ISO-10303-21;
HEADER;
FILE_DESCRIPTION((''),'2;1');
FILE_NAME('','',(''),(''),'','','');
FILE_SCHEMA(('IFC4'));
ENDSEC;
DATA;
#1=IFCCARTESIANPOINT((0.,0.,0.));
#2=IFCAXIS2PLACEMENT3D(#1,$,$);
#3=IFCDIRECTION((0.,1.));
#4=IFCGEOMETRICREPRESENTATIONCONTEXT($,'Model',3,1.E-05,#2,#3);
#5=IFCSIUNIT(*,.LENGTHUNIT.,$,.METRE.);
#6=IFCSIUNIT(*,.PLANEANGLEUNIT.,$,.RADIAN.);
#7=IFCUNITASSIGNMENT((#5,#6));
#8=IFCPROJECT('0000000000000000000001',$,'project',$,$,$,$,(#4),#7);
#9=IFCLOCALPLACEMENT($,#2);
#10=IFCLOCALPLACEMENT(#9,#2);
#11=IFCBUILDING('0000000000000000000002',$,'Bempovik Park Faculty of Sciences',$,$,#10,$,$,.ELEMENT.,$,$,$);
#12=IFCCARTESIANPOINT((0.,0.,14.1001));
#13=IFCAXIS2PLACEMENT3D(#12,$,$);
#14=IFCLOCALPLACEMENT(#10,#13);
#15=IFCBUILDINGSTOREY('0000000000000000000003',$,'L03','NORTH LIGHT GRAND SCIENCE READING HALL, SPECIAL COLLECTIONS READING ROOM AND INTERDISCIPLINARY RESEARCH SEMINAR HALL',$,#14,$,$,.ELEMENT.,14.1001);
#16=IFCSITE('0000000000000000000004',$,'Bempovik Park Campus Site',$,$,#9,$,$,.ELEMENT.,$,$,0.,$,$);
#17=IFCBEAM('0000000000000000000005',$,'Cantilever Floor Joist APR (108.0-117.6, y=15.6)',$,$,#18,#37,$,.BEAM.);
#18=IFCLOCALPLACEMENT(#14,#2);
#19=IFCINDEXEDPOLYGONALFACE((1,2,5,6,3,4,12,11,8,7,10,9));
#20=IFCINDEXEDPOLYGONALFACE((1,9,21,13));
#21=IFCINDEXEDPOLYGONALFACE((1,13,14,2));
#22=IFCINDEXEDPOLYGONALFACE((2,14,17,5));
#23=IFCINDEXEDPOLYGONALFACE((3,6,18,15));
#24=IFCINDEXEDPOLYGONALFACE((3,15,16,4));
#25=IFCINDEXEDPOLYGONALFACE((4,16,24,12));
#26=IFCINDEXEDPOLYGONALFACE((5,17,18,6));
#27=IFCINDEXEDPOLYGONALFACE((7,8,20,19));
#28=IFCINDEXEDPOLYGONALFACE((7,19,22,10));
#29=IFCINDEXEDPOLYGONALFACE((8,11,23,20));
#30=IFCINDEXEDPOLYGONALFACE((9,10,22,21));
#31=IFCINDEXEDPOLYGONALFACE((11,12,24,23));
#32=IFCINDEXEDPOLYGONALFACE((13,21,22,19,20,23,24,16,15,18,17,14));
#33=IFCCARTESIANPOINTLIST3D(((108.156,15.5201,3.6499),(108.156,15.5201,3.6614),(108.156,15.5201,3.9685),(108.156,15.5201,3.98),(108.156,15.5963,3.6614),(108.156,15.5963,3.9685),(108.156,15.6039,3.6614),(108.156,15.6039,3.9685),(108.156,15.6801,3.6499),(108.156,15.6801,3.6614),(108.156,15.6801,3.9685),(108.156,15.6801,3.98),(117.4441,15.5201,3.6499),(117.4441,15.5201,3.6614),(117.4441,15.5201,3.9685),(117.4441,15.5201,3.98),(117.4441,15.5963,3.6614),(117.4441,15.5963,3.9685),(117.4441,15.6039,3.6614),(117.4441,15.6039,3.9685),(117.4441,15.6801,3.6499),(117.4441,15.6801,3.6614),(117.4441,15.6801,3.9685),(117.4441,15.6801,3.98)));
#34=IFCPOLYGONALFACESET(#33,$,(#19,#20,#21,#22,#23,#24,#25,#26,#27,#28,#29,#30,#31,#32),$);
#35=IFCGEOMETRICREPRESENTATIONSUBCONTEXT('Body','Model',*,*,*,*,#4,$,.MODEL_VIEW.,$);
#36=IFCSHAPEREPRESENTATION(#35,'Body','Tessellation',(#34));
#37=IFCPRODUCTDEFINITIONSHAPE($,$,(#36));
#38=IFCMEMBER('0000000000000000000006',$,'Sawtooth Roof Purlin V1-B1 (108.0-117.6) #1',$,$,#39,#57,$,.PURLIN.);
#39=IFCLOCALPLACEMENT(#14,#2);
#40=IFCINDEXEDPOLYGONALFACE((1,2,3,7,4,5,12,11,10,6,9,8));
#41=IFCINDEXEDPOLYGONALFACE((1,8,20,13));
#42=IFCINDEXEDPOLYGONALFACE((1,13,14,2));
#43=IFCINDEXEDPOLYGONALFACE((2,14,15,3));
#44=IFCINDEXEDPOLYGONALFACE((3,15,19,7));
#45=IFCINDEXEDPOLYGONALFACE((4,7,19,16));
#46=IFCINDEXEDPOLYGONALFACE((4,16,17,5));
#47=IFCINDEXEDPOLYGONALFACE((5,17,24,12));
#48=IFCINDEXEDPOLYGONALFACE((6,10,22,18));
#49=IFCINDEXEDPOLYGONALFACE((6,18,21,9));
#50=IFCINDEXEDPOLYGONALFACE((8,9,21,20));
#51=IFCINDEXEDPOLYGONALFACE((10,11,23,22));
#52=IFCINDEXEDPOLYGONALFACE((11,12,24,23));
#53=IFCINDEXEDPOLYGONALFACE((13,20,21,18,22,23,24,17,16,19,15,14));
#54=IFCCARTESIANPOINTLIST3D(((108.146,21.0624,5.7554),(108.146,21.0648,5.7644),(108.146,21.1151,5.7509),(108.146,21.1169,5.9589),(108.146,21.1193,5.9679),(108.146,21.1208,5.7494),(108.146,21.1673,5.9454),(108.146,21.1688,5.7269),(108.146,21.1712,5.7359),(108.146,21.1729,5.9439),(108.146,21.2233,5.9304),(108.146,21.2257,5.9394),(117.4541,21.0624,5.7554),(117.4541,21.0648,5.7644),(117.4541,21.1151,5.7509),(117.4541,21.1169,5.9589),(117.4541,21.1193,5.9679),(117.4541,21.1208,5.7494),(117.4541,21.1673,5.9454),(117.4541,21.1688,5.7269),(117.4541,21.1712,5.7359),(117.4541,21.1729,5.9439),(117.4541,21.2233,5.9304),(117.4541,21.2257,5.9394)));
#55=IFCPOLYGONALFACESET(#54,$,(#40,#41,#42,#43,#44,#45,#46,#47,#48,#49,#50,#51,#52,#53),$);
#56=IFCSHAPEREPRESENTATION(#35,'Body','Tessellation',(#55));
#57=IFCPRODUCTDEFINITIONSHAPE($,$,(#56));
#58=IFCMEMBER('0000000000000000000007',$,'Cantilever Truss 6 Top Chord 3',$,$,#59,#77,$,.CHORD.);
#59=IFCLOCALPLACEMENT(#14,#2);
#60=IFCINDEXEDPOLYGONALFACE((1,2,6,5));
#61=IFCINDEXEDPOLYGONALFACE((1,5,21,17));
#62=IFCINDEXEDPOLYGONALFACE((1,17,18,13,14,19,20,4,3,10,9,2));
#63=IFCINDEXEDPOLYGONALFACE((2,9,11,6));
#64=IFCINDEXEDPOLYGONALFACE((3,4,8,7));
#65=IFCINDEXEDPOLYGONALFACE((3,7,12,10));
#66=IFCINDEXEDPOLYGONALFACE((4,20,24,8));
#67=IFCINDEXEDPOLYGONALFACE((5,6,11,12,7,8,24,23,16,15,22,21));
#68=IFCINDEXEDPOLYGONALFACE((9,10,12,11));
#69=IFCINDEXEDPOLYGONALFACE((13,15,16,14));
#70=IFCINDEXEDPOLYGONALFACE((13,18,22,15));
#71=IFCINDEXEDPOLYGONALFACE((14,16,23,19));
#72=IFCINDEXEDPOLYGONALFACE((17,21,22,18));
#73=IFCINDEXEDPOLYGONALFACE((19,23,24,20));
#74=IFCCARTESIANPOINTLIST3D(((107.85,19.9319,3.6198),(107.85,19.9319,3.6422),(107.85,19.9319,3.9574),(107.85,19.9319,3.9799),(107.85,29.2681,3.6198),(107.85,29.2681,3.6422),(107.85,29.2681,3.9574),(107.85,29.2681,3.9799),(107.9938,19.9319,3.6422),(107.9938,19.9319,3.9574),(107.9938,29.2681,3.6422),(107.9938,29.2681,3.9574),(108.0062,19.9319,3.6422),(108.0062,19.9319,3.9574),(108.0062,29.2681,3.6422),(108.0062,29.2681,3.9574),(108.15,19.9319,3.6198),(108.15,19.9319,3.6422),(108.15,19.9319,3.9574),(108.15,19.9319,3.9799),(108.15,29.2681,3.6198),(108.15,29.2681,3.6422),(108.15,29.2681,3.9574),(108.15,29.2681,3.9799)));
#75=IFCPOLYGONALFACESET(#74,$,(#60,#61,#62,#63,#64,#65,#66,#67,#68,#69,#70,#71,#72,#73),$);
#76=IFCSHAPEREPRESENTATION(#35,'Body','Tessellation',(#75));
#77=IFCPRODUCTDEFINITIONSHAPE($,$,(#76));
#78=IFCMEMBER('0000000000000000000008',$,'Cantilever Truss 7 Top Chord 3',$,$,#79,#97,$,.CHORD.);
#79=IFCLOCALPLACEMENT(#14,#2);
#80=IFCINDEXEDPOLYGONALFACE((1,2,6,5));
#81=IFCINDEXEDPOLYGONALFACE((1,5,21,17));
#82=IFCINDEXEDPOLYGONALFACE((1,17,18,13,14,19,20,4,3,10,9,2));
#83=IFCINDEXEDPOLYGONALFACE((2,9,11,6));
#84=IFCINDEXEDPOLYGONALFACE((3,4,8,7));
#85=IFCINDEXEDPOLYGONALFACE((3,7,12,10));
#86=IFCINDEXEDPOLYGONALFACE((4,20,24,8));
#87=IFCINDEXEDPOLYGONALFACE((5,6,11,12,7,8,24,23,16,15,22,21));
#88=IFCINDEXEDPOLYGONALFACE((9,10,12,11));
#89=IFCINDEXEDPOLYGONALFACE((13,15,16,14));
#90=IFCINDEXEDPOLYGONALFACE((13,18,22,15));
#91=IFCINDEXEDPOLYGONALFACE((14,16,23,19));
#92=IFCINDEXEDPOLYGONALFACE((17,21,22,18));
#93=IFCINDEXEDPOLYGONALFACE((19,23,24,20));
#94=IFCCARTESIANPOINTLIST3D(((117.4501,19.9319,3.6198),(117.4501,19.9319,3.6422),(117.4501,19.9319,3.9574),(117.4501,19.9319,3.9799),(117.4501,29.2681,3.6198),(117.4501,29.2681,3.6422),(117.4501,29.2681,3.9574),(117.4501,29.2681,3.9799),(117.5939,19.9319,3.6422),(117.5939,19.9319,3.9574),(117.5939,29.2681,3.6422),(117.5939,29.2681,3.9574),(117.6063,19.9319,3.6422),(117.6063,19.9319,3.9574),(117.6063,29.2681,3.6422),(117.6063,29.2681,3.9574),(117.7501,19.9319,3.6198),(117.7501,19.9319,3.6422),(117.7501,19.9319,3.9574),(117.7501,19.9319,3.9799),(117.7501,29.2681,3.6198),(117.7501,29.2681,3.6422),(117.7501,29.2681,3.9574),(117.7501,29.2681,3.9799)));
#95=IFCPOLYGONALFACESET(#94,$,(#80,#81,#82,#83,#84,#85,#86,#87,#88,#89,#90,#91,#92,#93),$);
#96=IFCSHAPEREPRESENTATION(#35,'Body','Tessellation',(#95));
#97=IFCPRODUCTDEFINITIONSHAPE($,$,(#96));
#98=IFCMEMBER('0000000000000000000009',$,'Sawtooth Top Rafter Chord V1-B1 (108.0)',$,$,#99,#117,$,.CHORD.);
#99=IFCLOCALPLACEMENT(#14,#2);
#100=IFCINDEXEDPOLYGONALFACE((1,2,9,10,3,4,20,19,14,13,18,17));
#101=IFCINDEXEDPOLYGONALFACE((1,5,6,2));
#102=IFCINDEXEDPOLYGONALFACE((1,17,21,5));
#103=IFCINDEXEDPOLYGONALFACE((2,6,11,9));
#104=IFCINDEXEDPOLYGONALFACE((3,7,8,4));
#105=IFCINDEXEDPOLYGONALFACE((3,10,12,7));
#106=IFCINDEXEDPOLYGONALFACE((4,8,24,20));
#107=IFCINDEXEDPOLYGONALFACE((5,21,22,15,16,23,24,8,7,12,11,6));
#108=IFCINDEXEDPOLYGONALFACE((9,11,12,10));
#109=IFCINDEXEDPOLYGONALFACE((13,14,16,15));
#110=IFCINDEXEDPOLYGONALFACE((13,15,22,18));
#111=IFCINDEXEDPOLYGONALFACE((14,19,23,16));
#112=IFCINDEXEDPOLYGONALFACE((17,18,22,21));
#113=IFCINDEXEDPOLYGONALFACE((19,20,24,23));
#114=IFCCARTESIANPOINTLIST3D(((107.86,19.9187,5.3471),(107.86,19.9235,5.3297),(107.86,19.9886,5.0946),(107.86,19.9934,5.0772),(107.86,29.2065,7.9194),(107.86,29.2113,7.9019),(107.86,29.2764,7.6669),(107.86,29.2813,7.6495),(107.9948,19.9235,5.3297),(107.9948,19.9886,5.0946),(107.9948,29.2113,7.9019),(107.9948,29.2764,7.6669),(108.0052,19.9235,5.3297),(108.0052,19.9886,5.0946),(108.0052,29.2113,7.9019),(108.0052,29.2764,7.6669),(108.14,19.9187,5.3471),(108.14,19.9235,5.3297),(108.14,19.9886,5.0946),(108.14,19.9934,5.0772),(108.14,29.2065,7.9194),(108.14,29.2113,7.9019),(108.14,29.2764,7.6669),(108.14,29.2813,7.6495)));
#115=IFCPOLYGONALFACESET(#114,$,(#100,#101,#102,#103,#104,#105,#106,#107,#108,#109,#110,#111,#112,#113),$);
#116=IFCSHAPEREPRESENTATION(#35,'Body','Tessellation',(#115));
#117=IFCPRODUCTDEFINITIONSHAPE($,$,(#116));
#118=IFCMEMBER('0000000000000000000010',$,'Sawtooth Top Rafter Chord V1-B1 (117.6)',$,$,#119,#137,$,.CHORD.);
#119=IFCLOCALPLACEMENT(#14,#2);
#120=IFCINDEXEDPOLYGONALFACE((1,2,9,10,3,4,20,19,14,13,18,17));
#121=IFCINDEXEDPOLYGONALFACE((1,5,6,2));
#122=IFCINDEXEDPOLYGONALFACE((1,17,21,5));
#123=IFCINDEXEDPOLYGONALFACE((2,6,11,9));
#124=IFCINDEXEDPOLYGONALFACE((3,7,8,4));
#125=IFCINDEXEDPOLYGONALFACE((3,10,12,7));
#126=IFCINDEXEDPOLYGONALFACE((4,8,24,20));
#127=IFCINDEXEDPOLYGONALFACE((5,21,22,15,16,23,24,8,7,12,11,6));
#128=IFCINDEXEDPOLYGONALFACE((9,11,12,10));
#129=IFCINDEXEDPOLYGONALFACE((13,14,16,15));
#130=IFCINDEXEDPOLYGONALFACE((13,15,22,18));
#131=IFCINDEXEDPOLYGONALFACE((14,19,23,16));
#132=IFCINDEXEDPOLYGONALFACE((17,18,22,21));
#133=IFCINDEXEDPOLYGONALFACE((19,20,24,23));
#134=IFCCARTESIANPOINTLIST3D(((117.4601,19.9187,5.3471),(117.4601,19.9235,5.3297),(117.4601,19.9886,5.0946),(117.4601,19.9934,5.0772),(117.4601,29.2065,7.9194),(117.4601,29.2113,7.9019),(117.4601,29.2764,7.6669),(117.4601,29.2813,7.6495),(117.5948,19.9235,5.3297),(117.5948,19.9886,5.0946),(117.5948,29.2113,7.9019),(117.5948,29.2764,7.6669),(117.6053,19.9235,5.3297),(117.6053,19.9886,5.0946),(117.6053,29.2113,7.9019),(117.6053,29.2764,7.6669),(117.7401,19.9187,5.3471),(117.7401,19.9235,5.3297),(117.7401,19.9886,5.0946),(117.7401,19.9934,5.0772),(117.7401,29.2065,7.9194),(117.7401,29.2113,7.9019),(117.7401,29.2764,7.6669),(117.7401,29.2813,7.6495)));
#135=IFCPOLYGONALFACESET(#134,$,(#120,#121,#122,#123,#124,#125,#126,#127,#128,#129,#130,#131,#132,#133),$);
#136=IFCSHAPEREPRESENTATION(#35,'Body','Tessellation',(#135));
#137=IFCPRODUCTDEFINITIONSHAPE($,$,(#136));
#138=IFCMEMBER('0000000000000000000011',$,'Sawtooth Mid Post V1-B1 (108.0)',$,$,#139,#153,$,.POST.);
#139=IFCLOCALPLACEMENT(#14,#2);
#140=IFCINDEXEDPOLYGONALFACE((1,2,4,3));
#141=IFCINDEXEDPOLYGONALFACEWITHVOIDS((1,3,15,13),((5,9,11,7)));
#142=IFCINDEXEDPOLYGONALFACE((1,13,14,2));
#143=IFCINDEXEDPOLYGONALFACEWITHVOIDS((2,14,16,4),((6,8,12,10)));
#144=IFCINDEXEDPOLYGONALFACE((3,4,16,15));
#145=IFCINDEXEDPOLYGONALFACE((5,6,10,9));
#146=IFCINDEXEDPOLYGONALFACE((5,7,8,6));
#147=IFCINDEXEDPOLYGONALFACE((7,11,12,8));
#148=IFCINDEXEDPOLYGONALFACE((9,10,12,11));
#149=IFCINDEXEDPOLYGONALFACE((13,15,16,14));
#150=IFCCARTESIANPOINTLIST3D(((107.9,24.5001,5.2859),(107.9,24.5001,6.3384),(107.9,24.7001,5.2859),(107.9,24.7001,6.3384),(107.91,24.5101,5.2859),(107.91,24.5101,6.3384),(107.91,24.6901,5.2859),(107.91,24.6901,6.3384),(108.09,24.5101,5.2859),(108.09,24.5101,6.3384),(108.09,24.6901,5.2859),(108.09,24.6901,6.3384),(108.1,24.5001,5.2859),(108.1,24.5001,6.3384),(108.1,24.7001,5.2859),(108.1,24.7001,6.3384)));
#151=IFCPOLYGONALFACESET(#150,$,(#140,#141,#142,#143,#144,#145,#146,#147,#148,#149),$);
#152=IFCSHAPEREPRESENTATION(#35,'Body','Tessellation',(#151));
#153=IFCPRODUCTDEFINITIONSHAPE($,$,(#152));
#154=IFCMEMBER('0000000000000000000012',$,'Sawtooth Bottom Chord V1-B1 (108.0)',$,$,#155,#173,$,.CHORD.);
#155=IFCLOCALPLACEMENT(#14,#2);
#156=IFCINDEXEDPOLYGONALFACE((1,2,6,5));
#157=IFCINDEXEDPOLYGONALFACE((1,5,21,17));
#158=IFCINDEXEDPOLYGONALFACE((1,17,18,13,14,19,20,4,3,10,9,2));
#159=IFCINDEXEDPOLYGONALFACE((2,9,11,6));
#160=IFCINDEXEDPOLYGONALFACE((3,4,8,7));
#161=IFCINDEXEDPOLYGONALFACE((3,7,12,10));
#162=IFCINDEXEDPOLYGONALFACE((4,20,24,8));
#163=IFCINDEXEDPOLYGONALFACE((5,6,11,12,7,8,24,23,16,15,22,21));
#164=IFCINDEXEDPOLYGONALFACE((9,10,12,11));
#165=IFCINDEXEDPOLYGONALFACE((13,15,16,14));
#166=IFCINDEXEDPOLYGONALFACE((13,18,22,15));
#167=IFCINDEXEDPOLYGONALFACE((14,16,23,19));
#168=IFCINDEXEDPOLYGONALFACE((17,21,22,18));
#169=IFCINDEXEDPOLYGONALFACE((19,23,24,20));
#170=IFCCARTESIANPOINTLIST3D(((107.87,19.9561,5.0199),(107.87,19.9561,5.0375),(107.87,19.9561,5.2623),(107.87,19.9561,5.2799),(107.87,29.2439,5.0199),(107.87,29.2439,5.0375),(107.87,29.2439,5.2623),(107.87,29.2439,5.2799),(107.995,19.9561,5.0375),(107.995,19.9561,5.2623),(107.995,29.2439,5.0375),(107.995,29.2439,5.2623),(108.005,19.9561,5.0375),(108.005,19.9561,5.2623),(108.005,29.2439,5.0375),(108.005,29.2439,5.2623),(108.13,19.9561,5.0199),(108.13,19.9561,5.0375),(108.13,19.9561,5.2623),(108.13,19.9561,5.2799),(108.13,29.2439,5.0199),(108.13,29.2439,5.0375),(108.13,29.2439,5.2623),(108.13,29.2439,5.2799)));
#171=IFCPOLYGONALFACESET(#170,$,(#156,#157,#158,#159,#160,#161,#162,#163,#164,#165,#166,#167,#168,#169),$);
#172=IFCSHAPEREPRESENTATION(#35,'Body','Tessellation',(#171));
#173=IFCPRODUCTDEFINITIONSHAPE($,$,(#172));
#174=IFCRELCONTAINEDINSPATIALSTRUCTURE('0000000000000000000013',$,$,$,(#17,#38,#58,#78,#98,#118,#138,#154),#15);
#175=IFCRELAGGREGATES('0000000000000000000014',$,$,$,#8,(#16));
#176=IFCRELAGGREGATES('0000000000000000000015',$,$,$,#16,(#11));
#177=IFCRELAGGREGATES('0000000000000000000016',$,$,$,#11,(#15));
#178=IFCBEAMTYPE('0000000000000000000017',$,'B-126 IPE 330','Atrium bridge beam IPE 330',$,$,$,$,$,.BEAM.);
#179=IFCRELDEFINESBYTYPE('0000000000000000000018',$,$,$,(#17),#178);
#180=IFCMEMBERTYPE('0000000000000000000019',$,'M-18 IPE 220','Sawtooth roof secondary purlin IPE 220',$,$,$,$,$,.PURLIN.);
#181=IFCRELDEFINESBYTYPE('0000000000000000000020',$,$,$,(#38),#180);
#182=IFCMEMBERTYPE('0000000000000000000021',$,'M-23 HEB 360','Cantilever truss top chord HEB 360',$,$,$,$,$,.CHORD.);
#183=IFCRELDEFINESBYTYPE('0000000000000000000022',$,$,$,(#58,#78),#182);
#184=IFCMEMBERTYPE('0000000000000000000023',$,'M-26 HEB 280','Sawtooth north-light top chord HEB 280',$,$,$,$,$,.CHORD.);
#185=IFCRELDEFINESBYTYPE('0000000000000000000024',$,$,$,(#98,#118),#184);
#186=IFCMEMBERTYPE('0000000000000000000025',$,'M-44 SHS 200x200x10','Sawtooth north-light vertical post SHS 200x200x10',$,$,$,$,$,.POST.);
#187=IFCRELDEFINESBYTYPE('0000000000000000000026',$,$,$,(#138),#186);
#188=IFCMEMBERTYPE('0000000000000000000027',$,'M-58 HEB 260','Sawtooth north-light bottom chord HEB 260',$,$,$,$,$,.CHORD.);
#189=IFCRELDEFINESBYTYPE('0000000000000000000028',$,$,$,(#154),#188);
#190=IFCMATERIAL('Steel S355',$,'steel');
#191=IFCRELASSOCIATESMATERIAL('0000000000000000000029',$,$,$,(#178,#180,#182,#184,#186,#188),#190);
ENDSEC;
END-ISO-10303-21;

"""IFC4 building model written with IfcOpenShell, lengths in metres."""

from ifc_helpers import new_model, si_unit, direction, frame, origin, origin_2d, place, context, subcontext, project, spatial, hollow_rectangle, i_section, extrude, material, material_profile, profile_set, type_object, element, save


model = new_model("IFC4")

# Units and contexts
model_context = context("Model", 3, precision=1e-05, world=origin(), true_north=direction((0.0, 1.0)))
body_context = subcontext(model_context, "Body", "Model", "MODEL_VIEW")
ifc_project = project(units=[si_unit("LENGTHUNIT", "METRE"), si_unit("PLANEANGLEUNIT", "RADIAN")], contexts=[model_context])

# Site, building, storey
site_placement = place(None, origin())
site = spatial("IfcSite", under=ifc_project, at=site_placement, Name="Bempovik Park Campus Site", CompositionType="ELEMENT", RefElevation=0.0)
building_placement = place(site_placement, origin())
building = spatial("IfcBuilding", under=site, at=building_placement, Name="Bempovik Park Faculty of Sciences", CompositionType="ELEMENT")
storey_placement = place(building_placement, frame((0.0, 0.0, 14.1001)))
storey = spatial("IfcBuildingStorey", under=building, at=storey_placement, Name="L03", Description="NORTH LIGHT GRAND SCIENCE READING HALL, SPECIAL COLLECTIONS READING ROOM AND INTERDISCIPLINARY RESEARCH SEMINAR HALL", CompositionType="ELEMENT", Elevation=14.1001)

# Shared definitions
ifc_material_1 = material(Name="Steel S355", Category="steel")

# Beam
ifc_material_profile_1 = material_profile(ifc_material_1, i_section(OverallWidth=0.1599, OverallDepth=0.3301, WebThickness=0.0076, FlangeThickness=0.0115, at=origin_2d()), Name="IPE 330")
ifc_profile_set_1 = profile_set([ifc_material_profile_1], Name="Steel S355")
beam_type_1 = type_object("IfcBeamType", Name="B-126 IPE 330", Description="Atrium bridge beam IPE 330", PredefinedType="BEAM", material=ifc_profile_set_1)
for number, where, z_axis, x_axis, name in (
    (1, (108.156, 15.6001, 3.8149), (1.0, 0.0, 0.0), (0.0, 1.0, 0.0), "Cantilever Floor Joist APR (108.0-117.6, y=15.6)"),
):
    element("IfcBeam", number, at=place(storey_placement, frame(where, z_axis=z_axis, x_axis=x_axis)), inside=storey, type_object=beam_type_1, Name=name, PredefinedType="BEAM", context=body_context, shape_type="SweptSolid", body=[
        extrude(i_section(OverallWidth=0.1599, OverallDepth=0.3301, WebThickness=0.0076, FlangeThickness=0.0115, at=origin_2d()), origin(), (0.0, 0.0, 1.0), 9.2881),
    ])

# Members
ifc_material_profile_2 = material_profile(ifc_material_1, i_section(OverallWidth=0.1101, OverallDepth=0.22, WebThickness=0.0059, FlangeThickness=0.0093, at=origin_2d()), Name="IPE 220")
ifc_profile_set_2 = profile_set([ifc_material_profile_2], Name="Steel S355")
member_type_1 = type_object("IfcMemberType", Name="M-18 IPE 220", Description="Sawtooth roof secondary purlin IPE 220", PredefinedType="PURLIN", material=ifc_profile_set_2)
member_1_placement = place(storey_placement, frame((108.146, 21.144, 5.8474), z_axis=(1.0, 0.0, 0.0), x_axis=(0.0, 0.965926, -0.258819)))
element("IfcMember", 2, at=member_1_placement, inside=storey, type_object=member_type_1, Name="Sawtooth Roof Purlin V1-B1 (108.0-117.6) #1", PredefinedType="PURLIN", context=body_context, shape_type="SweptSolid", body=[
    extrude(i_section(OverallWidth=0.1101, OverallDepth=0.22, WebThickness=0.0059, FlangeThickness=0.0093, at=origin_2d()), origin(), (0.0, 0.0, 1.0), 9.3081),
])
ifc_material_profile_3 = material_profile(ifc_material_1, i_section(OverallWidth=0.3, OverallDepth=0.3601, WebThickness=0.0125, FlangeThickness=0.0225, at=origin_2d()), Name="HEB 360")
ifc_profile_set_3 = profile_set([ifc_material_profile_3], Name="Steel S355")
member_type_2 = type_object("IfcMemberType", Name="M-23 HEB 360", Description="Cantilever truss top chord HEB 360", PredefinedType="CHORD", material=ifc_profile_set_3)
for number, where, z_axis, x_axis, name in (
    (3, (108.0, 19.9319, 3.7998), (0.0, 1.0, 0.0), (-1.0, 0.0, 0.0), "Cantilever Truss 6 Top Chord 3"),
    (4, (117.6001, 19.9319, 3.7998), (0.0, 1.0, 0.0), (-1.0, 0.0, 0.0), "Cantilever Truss 7 Top Chord 3"),
):
    element("IfcMember", number, at=place(storey_placement, frame(where, z_axis=z_axis, x_axis=x_axis)), inside=storey, type_object=member_type_2, Name=name, PredefinedType="CHORD", context=body_context, shape_type="SweptSolid", body=[
        extrude(i_section(OverallWidth=0.3, OverallDepth=0.3601, WebThickness=0.0125, FlangeThickness=0.0225, at=origin_2d()), origin(), (0.0, 0.0, 1.0), 9.3362),
    ])
ifc_material_profile_4 = material_profile(ifc_material_1, i_section(OverallWidth=0.28, OverallDepth=0.28, WebThickness=0.0105, FlangeThickness=0.0181, at=origin_2d()), Name="HEB 280")
ifc_profile_set_4 = profile_set([ifc_material_profile_4], Name="Steel S355")
member_type_3 = type_object("IfcMemberType", Name="M-26 HEB 280", Description="Sawtooth north-light top chord HEB 280", PredefinedType="CHORD", material=ifc_profile_set_4)
for number, where, z_axis, x_axis, name in (
    (5, (108.0, 19.9561, 5.2122), (0.0, 0.963723, 0.266903), (-1.0, 0.0, 0.0), "Sawtooth Top Rafter Chord V1-B1 (108.0)"),
    (6, (117.6001, 19.9561, 5.2122), (0.0, 0.963723, 0.266903), (-1.0, 0.0, 0.0), "Sawtooth Top Rafter Chord V1-B1 (117.6)"),
):
    element("IfcMember", number, at=place(storey_placement, frame(where, z_axis=z_axis, x_axis=x_axis)), inside=storey, type_object=member_type_3, Name=name, PredefinedType="CHORD", context=body_context, shape_type="SweptSolid", body=[
        extrude(i_section(OverallWidth=0.28, OverallDepth=0.28, WebThickness=0.0105, FlangeThickness=0.0181, at=origin_2d()), origin(), (0.0, 0.0, 1.0), 9.6375),
    ])
ifc_material_profile_5 = material_profile(ifc_material_1, hollow_rectangle(XDim=0.2, YDim=0.2, WallThickness=0.01, at=origin_2d()), Name="SHS 200x200x10")
ifc_profile_set_5 = profile_set([ifc_material_profile_5], Name="Steel S355")
member_type_4 = type_object("IfcMemberType", Name="M-44 SHS 200x200x10", Description="Sawtooth north-light vertical post SHS 200x200x10", PredefinedType="POST", material=ifc_profile_set_5)
member_2_placement = place(storey_placement, frame((108.0, 24.6001, 5.2859), z_axis=(0.0, 0.0, 1.0), x_axis=(1.0, 0.0, 0.0)))
element("IfcMember", 7, at=member_2_placement, inside=storey, type_object=member_type_4, Name="Sawtooth Mid Post V1-B1 (108.0)", PredefinedType="POST", context=body_context, shape_type="SweptSolid", body=[
    extrude(hollow_rectangle(XDim=0.2, YDim=0.2, WallThickness=0.01, at=origin_2d()), origin(), (0.0, 0.0, 1.0), 1.0525),
])
ifc_material_profile_6 = material_profile(ifc_material_1, i_section(OverallWidth=0.26, OverallDepth=0.26, WebThickness=0.01, FlangeThickness=0.0176, at=origin_2d()), Name="HEB 260")
ifc_profile_set_6 = profile_set([ifc_material_profile_6], Name="Steel S355")
member_type_5 = type_object("IfcMemberType", Name="M-58 HEB 260", Description="Sawtooth north-light bottom chord HEB 260", PredefinedType="CHORD", material=ifc_profile_set_6)
for number, where, z_axis, x_axis, name in (
    (8, (108.0, 19.9561, 5.1499), (0.0, 1.0, 0.0), (-1.0, 0.0, 0.0), "Sawtooth Bottom Chord V1-B1 (108.0)"),
):
    element("IfcMember", number, at=place(storey_placement, frame(where, z_axis=z_axis, x_axis=x_axis)), inside=storey, type_object=member_type_5, Name=name, PredefinedType="CHORD", context=body_context, shape_type="SweptSolid", body=[
        extrude(i_section(OverallWidth=0.26, OverallDepth=0.26, WebThickness=0.01, FlangeThickness=0.0176, at=origin_2d()), origin(), (0.0, 0.0, 1.0), 9.2878),
    ])

save(model, "model.ifc")
